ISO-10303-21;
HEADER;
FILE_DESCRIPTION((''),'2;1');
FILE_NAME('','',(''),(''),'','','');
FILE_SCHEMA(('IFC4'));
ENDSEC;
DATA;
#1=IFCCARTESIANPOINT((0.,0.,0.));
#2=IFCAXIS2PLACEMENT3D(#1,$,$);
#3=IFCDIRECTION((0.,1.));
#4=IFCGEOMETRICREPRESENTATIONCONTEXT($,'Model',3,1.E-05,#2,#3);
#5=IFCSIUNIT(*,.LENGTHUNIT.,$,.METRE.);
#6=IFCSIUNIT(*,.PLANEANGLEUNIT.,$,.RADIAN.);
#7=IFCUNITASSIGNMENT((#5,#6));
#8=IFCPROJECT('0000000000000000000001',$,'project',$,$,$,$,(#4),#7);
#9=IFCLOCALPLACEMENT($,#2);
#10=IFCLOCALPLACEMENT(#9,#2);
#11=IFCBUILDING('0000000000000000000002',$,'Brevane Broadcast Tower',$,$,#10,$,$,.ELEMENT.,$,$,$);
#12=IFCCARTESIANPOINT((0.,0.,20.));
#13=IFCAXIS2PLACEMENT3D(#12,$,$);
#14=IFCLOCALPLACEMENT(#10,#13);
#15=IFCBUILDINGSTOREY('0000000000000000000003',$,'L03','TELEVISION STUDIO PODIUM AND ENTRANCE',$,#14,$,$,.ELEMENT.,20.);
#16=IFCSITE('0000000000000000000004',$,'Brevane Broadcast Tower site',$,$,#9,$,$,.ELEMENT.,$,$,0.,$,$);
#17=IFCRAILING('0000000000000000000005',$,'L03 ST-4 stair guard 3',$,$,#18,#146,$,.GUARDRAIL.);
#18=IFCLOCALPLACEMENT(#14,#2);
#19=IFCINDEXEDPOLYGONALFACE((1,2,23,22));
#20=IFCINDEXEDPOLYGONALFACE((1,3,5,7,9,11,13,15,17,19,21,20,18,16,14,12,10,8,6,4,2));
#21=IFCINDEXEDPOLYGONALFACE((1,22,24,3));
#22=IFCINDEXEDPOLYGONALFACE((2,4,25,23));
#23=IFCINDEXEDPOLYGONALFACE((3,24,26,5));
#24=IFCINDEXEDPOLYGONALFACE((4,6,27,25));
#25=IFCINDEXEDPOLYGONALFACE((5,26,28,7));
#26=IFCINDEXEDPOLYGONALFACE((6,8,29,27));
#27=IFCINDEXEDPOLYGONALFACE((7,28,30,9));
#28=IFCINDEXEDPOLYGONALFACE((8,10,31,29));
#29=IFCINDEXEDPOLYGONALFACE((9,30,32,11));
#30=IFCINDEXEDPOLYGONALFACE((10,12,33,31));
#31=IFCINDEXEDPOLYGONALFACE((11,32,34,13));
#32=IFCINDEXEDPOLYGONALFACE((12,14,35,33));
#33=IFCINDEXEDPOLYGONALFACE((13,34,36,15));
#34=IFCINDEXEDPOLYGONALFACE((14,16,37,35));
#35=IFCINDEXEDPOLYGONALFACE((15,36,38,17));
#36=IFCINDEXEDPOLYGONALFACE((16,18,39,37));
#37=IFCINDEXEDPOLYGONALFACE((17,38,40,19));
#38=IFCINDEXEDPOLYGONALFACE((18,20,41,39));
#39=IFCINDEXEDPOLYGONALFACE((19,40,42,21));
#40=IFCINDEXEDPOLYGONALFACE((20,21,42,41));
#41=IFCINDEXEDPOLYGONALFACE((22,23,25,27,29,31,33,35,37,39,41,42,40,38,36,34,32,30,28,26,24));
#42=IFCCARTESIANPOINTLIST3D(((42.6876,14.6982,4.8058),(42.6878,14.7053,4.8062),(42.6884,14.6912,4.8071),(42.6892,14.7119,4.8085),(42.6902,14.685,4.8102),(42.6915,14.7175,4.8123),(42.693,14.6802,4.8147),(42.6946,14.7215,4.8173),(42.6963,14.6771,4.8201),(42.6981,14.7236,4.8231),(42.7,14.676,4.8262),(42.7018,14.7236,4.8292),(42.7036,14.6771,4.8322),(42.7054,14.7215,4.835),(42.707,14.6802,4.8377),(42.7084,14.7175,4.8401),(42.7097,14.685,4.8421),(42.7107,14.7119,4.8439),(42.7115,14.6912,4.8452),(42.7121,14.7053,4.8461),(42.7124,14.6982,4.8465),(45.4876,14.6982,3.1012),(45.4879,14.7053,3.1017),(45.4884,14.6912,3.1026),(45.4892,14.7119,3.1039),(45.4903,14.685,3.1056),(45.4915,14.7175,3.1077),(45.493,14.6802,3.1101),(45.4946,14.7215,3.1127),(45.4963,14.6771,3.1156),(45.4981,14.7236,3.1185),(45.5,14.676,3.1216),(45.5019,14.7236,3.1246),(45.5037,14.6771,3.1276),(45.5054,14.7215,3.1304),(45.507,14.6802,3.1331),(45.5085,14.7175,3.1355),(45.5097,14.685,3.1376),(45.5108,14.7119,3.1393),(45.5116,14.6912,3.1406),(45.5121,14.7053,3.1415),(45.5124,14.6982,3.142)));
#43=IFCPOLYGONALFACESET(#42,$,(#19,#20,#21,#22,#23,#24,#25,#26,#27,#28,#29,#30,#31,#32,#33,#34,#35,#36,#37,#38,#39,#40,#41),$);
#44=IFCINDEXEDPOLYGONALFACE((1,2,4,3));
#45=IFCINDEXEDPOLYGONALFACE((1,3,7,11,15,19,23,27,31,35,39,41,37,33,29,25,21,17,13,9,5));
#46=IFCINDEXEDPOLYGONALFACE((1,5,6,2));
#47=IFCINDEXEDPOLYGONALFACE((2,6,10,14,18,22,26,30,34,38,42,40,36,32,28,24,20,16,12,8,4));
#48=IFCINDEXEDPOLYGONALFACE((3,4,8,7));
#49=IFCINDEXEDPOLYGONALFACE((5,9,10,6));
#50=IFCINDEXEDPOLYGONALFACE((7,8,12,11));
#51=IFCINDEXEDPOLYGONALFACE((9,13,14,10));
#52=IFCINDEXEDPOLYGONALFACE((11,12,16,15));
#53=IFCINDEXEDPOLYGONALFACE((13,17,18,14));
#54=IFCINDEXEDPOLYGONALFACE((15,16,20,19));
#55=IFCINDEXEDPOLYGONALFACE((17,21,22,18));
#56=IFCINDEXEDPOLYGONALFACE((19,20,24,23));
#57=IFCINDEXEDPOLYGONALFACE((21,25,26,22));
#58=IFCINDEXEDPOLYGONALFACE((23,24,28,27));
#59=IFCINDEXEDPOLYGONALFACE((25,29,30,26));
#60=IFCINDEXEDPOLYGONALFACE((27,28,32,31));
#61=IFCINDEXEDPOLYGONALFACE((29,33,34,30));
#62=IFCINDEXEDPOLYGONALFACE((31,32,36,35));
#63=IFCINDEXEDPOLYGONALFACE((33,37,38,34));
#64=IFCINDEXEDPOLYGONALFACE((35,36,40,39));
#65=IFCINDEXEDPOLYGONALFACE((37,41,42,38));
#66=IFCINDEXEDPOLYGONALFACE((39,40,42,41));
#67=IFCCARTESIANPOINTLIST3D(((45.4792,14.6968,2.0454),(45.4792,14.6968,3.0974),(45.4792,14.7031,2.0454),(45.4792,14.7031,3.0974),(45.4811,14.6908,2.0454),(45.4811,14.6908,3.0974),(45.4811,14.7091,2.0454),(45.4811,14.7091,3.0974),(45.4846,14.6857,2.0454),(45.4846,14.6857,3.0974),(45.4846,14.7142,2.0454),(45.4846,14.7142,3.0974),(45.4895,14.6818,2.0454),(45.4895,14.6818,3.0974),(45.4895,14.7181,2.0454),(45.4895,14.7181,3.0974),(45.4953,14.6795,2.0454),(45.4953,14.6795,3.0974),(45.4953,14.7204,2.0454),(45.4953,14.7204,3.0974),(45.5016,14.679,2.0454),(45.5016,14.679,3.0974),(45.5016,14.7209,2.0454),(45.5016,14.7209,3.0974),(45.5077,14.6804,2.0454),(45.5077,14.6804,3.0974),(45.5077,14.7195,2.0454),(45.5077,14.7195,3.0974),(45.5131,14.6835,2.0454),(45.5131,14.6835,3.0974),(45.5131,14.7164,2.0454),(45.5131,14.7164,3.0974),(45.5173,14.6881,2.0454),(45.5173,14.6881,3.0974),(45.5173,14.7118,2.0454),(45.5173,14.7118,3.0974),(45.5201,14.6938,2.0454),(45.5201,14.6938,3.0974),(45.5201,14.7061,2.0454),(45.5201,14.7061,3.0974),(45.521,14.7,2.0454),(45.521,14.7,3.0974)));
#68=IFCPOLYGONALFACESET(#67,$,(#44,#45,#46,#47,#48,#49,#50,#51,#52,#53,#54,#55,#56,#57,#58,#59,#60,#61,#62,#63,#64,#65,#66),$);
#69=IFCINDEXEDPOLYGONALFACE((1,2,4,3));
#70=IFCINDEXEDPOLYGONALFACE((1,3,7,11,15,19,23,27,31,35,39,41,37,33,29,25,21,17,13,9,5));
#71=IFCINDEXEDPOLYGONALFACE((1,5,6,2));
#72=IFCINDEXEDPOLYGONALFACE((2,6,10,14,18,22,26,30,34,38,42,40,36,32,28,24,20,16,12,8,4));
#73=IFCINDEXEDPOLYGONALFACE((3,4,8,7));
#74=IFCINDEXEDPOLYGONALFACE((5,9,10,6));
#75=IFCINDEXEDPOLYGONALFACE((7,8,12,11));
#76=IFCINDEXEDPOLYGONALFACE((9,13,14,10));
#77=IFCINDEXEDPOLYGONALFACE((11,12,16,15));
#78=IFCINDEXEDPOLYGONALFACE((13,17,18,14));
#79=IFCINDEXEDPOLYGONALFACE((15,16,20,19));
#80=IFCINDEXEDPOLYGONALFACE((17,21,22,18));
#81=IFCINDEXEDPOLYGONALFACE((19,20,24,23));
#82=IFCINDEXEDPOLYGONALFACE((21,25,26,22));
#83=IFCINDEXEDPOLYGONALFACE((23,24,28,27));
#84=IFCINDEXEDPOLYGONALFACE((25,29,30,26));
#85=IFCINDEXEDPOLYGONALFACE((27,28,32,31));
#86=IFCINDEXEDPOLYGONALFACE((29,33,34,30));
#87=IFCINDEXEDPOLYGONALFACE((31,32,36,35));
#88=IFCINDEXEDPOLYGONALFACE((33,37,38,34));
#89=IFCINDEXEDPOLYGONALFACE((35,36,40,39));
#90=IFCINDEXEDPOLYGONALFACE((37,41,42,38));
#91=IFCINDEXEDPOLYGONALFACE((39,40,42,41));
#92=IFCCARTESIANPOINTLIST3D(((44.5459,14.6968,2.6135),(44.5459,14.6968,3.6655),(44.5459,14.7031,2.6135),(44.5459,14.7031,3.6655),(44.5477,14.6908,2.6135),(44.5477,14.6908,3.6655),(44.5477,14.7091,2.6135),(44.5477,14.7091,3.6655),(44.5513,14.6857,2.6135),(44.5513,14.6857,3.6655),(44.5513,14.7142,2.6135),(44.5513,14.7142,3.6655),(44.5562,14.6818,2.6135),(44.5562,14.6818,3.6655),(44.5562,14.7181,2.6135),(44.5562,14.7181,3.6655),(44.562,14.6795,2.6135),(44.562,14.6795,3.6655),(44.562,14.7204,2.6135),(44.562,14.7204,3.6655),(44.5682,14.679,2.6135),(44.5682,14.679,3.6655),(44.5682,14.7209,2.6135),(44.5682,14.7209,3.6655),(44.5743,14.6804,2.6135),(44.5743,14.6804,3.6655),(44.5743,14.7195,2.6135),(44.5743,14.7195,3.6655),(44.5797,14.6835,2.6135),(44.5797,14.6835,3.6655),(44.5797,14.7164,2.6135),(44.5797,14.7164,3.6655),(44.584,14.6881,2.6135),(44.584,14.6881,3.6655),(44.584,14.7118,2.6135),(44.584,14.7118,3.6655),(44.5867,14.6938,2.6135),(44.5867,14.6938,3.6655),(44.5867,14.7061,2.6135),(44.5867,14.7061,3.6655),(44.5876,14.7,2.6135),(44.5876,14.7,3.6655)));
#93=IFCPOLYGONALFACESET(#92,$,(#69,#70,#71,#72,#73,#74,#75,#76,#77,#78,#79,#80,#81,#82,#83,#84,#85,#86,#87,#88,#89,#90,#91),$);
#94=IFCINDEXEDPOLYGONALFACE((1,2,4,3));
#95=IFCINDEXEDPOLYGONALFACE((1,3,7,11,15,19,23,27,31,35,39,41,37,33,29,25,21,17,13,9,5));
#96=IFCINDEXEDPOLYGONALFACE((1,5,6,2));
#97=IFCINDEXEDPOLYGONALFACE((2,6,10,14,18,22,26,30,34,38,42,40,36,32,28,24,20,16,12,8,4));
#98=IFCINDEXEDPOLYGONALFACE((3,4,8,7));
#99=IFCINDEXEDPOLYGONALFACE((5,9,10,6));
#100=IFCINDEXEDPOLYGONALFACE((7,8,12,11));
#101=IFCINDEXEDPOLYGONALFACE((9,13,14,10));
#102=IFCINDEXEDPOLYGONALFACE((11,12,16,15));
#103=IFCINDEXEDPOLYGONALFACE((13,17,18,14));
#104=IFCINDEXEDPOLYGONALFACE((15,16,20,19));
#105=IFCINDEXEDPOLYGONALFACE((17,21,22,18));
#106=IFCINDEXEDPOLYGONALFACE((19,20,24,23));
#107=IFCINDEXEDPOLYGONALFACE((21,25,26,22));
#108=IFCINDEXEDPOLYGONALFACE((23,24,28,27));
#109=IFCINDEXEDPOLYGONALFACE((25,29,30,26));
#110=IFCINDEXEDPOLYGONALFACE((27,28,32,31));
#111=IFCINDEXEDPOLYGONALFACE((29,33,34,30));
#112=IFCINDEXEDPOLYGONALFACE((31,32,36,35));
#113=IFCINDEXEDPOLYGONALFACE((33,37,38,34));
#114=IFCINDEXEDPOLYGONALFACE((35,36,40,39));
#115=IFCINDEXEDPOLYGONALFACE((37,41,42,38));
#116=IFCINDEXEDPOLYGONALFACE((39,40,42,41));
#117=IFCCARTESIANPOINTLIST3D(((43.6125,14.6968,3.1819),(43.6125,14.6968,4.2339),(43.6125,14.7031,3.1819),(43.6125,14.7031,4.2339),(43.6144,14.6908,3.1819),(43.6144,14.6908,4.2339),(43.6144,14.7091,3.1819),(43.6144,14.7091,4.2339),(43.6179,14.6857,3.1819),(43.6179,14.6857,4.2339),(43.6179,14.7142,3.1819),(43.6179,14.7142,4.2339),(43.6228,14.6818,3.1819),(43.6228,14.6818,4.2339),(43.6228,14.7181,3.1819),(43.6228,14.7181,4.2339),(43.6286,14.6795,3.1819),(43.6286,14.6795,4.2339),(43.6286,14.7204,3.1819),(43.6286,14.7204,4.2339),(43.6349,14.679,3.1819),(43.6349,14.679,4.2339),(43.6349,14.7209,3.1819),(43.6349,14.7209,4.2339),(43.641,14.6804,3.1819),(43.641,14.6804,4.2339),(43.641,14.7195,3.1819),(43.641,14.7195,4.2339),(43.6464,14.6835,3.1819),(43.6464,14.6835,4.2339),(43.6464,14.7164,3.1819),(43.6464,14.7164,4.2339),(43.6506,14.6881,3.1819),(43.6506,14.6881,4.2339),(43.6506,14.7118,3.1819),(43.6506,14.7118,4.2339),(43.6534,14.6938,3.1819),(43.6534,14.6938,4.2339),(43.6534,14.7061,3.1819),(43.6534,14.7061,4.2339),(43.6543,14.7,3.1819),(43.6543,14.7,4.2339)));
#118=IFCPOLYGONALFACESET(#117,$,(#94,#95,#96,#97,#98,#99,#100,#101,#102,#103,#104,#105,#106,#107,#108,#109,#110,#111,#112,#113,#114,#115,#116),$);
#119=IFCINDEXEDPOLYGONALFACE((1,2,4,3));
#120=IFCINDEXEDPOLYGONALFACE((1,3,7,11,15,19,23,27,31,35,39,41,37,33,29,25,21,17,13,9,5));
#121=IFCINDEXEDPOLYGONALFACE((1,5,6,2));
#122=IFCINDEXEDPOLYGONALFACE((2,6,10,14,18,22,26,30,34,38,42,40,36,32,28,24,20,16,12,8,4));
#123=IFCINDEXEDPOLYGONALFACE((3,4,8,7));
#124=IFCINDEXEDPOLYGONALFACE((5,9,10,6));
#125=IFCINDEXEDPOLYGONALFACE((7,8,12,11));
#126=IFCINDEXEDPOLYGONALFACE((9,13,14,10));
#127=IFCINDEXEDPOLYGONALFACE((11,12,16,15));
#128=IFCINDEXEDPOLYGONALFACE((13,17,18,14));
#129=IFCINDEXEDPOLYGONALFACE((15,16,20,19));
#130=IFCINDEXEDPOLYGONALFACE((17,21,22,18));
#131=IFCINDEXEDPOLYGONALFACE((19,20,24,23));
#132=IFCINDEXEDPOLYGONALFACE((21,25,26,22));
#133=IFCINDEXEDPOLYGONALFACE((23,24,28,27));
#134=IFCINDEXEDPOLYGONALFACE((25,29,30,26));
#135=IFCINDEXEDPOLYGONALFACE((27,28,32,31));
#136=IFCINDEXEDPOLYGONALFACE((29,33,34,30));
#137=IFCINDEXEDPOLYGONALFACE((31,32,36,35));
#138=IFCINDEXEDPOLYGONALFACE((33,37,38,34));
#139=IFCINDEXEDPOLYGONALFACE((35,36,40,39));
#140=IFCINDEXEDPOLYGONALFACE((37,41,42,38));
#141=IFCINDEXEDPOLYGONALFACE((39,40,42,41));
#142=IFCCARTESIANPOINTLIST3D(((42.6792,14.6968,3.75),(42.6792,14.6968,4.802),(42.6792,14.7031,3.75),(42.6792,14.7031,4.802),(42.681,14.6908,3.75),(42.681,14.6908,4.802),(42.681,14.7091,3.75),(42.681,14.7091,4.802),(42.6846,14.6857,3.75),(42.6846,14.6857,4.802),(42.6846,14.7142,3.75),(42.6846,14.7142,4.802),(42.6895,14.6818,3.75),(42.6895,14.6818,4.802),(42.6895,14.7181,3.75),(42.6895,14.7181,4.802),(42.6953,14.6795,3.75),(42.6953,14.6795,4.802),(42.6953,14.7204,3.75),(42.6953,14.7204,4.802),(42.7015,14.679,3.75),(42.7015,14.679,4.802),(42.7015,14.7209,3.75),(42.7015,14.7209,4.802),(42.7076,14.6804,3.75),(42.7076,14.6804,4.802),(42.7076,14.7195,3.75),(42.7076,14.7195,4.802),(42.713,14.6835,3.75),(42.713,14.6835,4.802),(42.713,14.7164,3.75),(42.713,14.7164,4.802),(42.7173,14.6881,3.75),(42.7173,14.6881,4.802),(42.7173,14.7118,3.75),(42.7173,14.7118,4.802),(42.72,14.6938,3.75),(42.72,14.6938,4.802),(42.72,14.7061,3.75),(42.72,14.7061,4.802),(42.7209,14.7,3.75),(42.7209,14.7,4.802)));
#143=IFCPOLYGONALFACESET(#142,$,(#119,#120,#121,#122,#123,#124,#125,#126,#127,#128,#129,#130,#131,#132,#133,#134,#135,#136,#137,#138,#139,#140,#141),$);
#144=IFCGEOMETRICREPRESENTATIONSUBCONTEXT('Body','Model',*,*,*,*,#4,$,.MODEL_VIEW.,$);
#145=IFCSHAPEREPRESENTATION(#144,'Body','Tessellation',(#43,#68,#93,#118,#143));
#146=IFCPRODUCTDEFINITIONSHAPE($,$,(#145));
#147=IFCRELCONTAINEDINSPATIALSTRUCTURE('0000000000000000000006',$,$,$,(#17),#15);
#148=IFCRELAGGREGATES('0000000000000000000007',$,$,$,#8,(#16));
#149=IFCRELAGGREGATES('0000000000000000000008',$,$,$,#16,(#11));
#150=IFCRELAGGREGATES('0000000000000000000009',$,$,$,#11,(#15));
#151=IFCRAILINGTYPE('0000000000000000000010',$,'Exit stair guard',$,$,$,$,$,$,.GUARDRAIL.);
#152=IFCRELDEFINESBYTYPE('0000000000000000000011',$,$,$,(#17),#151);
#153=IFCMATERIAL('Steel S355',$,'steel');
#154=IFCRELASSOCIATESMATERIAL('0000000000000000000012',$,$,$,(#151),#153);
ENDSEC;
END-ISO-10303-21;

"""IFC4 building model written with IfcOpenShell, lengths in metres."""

from ifc_helpers import new_model, si_unit, direction, frame, origin, origin_2d, place, context, subcontext, project, spatial, circle, extrude, material, type_object, element, save


model = new_model("IFC4")

# Units and contexts
model_context = context("Model", 3, precision=1e-05, world=origin(), true_north=direction((0.0, 1.0)))
body_context = subcontext(model_context, "Body", "Model", "MODEL_VIEW")
ifc_project = project(units=[si_unit("LENGTHUNIT", "METRE"), si_unit("PLANEANGLEUNIT", "RADIAN")], contexts=[model_context])

# Site, building, storey
site_placement = place(None, origin())
site = spatial("IfcSite", under=ifc_project, at=site_placement, Name="Brevane Broadcast Tower site", CompositionType="ELEMENT", RefElevation=0.0)
building_placement = place(site_placement, origin())
building = spatial("IfcBuilding", under=site, at=building_placement, Name="Brevane Broadcast Tower", CompositionType="ELEMENT")
storey_placement = place(building_placement, frame((0.0, 0.0, 20.0)))
storey = spatial("IfcBuildingStorey", under=building, at=storey_placement, Name="L03", Description="TELEVISION STUDIO PODIUM AND ENTRANCE", CompositionType="ELEMENT", Elevation=20.0)

# Railing
ifc_material_1 = material(Name="Steel S355", Category="steel")
railing_type_1 = type_object("IfcRailingType", Name="Exit stair guard", PredefinedType="GUARDRAIL", material=ifc_material_1)
railing_1_placement = place(storey_placement, frame((45.5, 14.7, 2.0454)))
element("IfcRailing", 1, at=railing_1_placement, inside=storey, type_object=railing_type_1, Name="L03 ST-4 stair guard 3", PredefinedType="GUARDRAIL", context=body_context, shape_type="SweptSolid", body=[
    extrude(circle(Radius=0.0239, at=origin_2d()), frame((0.0, 0.0, 1.0762), z_axis=(-0.85417, 0.0, 0.519994), x_axis=(0.0, -1.0, 0.0)), (0.0, 0.0, 1.0), 3.2781),
    extrude(circle(Radius=0.021, at=origin_2d()), origin(), (0.0, 0.0, 1.0), 1.052),
    extrude(circle(Radius=0.021, at=origin_2d()), frame((-0.9333, 0.0, 0.5681)), (0.0, 0.0, 1.0), 1.052),
    extrude(circle(Radius=0.021, at=origin_2d()), frame((-1.8667, 0.0, 1.1365)), (0.0, 0.0, 1.0), 1.052),
    extrude(circle(Radius=0.021, at=origin_2d()), frame((-2.8, 0.0, 1.7046)), (0.0, 0.0, 1.0), 1.052),
])

save(model, "model.ifc")
